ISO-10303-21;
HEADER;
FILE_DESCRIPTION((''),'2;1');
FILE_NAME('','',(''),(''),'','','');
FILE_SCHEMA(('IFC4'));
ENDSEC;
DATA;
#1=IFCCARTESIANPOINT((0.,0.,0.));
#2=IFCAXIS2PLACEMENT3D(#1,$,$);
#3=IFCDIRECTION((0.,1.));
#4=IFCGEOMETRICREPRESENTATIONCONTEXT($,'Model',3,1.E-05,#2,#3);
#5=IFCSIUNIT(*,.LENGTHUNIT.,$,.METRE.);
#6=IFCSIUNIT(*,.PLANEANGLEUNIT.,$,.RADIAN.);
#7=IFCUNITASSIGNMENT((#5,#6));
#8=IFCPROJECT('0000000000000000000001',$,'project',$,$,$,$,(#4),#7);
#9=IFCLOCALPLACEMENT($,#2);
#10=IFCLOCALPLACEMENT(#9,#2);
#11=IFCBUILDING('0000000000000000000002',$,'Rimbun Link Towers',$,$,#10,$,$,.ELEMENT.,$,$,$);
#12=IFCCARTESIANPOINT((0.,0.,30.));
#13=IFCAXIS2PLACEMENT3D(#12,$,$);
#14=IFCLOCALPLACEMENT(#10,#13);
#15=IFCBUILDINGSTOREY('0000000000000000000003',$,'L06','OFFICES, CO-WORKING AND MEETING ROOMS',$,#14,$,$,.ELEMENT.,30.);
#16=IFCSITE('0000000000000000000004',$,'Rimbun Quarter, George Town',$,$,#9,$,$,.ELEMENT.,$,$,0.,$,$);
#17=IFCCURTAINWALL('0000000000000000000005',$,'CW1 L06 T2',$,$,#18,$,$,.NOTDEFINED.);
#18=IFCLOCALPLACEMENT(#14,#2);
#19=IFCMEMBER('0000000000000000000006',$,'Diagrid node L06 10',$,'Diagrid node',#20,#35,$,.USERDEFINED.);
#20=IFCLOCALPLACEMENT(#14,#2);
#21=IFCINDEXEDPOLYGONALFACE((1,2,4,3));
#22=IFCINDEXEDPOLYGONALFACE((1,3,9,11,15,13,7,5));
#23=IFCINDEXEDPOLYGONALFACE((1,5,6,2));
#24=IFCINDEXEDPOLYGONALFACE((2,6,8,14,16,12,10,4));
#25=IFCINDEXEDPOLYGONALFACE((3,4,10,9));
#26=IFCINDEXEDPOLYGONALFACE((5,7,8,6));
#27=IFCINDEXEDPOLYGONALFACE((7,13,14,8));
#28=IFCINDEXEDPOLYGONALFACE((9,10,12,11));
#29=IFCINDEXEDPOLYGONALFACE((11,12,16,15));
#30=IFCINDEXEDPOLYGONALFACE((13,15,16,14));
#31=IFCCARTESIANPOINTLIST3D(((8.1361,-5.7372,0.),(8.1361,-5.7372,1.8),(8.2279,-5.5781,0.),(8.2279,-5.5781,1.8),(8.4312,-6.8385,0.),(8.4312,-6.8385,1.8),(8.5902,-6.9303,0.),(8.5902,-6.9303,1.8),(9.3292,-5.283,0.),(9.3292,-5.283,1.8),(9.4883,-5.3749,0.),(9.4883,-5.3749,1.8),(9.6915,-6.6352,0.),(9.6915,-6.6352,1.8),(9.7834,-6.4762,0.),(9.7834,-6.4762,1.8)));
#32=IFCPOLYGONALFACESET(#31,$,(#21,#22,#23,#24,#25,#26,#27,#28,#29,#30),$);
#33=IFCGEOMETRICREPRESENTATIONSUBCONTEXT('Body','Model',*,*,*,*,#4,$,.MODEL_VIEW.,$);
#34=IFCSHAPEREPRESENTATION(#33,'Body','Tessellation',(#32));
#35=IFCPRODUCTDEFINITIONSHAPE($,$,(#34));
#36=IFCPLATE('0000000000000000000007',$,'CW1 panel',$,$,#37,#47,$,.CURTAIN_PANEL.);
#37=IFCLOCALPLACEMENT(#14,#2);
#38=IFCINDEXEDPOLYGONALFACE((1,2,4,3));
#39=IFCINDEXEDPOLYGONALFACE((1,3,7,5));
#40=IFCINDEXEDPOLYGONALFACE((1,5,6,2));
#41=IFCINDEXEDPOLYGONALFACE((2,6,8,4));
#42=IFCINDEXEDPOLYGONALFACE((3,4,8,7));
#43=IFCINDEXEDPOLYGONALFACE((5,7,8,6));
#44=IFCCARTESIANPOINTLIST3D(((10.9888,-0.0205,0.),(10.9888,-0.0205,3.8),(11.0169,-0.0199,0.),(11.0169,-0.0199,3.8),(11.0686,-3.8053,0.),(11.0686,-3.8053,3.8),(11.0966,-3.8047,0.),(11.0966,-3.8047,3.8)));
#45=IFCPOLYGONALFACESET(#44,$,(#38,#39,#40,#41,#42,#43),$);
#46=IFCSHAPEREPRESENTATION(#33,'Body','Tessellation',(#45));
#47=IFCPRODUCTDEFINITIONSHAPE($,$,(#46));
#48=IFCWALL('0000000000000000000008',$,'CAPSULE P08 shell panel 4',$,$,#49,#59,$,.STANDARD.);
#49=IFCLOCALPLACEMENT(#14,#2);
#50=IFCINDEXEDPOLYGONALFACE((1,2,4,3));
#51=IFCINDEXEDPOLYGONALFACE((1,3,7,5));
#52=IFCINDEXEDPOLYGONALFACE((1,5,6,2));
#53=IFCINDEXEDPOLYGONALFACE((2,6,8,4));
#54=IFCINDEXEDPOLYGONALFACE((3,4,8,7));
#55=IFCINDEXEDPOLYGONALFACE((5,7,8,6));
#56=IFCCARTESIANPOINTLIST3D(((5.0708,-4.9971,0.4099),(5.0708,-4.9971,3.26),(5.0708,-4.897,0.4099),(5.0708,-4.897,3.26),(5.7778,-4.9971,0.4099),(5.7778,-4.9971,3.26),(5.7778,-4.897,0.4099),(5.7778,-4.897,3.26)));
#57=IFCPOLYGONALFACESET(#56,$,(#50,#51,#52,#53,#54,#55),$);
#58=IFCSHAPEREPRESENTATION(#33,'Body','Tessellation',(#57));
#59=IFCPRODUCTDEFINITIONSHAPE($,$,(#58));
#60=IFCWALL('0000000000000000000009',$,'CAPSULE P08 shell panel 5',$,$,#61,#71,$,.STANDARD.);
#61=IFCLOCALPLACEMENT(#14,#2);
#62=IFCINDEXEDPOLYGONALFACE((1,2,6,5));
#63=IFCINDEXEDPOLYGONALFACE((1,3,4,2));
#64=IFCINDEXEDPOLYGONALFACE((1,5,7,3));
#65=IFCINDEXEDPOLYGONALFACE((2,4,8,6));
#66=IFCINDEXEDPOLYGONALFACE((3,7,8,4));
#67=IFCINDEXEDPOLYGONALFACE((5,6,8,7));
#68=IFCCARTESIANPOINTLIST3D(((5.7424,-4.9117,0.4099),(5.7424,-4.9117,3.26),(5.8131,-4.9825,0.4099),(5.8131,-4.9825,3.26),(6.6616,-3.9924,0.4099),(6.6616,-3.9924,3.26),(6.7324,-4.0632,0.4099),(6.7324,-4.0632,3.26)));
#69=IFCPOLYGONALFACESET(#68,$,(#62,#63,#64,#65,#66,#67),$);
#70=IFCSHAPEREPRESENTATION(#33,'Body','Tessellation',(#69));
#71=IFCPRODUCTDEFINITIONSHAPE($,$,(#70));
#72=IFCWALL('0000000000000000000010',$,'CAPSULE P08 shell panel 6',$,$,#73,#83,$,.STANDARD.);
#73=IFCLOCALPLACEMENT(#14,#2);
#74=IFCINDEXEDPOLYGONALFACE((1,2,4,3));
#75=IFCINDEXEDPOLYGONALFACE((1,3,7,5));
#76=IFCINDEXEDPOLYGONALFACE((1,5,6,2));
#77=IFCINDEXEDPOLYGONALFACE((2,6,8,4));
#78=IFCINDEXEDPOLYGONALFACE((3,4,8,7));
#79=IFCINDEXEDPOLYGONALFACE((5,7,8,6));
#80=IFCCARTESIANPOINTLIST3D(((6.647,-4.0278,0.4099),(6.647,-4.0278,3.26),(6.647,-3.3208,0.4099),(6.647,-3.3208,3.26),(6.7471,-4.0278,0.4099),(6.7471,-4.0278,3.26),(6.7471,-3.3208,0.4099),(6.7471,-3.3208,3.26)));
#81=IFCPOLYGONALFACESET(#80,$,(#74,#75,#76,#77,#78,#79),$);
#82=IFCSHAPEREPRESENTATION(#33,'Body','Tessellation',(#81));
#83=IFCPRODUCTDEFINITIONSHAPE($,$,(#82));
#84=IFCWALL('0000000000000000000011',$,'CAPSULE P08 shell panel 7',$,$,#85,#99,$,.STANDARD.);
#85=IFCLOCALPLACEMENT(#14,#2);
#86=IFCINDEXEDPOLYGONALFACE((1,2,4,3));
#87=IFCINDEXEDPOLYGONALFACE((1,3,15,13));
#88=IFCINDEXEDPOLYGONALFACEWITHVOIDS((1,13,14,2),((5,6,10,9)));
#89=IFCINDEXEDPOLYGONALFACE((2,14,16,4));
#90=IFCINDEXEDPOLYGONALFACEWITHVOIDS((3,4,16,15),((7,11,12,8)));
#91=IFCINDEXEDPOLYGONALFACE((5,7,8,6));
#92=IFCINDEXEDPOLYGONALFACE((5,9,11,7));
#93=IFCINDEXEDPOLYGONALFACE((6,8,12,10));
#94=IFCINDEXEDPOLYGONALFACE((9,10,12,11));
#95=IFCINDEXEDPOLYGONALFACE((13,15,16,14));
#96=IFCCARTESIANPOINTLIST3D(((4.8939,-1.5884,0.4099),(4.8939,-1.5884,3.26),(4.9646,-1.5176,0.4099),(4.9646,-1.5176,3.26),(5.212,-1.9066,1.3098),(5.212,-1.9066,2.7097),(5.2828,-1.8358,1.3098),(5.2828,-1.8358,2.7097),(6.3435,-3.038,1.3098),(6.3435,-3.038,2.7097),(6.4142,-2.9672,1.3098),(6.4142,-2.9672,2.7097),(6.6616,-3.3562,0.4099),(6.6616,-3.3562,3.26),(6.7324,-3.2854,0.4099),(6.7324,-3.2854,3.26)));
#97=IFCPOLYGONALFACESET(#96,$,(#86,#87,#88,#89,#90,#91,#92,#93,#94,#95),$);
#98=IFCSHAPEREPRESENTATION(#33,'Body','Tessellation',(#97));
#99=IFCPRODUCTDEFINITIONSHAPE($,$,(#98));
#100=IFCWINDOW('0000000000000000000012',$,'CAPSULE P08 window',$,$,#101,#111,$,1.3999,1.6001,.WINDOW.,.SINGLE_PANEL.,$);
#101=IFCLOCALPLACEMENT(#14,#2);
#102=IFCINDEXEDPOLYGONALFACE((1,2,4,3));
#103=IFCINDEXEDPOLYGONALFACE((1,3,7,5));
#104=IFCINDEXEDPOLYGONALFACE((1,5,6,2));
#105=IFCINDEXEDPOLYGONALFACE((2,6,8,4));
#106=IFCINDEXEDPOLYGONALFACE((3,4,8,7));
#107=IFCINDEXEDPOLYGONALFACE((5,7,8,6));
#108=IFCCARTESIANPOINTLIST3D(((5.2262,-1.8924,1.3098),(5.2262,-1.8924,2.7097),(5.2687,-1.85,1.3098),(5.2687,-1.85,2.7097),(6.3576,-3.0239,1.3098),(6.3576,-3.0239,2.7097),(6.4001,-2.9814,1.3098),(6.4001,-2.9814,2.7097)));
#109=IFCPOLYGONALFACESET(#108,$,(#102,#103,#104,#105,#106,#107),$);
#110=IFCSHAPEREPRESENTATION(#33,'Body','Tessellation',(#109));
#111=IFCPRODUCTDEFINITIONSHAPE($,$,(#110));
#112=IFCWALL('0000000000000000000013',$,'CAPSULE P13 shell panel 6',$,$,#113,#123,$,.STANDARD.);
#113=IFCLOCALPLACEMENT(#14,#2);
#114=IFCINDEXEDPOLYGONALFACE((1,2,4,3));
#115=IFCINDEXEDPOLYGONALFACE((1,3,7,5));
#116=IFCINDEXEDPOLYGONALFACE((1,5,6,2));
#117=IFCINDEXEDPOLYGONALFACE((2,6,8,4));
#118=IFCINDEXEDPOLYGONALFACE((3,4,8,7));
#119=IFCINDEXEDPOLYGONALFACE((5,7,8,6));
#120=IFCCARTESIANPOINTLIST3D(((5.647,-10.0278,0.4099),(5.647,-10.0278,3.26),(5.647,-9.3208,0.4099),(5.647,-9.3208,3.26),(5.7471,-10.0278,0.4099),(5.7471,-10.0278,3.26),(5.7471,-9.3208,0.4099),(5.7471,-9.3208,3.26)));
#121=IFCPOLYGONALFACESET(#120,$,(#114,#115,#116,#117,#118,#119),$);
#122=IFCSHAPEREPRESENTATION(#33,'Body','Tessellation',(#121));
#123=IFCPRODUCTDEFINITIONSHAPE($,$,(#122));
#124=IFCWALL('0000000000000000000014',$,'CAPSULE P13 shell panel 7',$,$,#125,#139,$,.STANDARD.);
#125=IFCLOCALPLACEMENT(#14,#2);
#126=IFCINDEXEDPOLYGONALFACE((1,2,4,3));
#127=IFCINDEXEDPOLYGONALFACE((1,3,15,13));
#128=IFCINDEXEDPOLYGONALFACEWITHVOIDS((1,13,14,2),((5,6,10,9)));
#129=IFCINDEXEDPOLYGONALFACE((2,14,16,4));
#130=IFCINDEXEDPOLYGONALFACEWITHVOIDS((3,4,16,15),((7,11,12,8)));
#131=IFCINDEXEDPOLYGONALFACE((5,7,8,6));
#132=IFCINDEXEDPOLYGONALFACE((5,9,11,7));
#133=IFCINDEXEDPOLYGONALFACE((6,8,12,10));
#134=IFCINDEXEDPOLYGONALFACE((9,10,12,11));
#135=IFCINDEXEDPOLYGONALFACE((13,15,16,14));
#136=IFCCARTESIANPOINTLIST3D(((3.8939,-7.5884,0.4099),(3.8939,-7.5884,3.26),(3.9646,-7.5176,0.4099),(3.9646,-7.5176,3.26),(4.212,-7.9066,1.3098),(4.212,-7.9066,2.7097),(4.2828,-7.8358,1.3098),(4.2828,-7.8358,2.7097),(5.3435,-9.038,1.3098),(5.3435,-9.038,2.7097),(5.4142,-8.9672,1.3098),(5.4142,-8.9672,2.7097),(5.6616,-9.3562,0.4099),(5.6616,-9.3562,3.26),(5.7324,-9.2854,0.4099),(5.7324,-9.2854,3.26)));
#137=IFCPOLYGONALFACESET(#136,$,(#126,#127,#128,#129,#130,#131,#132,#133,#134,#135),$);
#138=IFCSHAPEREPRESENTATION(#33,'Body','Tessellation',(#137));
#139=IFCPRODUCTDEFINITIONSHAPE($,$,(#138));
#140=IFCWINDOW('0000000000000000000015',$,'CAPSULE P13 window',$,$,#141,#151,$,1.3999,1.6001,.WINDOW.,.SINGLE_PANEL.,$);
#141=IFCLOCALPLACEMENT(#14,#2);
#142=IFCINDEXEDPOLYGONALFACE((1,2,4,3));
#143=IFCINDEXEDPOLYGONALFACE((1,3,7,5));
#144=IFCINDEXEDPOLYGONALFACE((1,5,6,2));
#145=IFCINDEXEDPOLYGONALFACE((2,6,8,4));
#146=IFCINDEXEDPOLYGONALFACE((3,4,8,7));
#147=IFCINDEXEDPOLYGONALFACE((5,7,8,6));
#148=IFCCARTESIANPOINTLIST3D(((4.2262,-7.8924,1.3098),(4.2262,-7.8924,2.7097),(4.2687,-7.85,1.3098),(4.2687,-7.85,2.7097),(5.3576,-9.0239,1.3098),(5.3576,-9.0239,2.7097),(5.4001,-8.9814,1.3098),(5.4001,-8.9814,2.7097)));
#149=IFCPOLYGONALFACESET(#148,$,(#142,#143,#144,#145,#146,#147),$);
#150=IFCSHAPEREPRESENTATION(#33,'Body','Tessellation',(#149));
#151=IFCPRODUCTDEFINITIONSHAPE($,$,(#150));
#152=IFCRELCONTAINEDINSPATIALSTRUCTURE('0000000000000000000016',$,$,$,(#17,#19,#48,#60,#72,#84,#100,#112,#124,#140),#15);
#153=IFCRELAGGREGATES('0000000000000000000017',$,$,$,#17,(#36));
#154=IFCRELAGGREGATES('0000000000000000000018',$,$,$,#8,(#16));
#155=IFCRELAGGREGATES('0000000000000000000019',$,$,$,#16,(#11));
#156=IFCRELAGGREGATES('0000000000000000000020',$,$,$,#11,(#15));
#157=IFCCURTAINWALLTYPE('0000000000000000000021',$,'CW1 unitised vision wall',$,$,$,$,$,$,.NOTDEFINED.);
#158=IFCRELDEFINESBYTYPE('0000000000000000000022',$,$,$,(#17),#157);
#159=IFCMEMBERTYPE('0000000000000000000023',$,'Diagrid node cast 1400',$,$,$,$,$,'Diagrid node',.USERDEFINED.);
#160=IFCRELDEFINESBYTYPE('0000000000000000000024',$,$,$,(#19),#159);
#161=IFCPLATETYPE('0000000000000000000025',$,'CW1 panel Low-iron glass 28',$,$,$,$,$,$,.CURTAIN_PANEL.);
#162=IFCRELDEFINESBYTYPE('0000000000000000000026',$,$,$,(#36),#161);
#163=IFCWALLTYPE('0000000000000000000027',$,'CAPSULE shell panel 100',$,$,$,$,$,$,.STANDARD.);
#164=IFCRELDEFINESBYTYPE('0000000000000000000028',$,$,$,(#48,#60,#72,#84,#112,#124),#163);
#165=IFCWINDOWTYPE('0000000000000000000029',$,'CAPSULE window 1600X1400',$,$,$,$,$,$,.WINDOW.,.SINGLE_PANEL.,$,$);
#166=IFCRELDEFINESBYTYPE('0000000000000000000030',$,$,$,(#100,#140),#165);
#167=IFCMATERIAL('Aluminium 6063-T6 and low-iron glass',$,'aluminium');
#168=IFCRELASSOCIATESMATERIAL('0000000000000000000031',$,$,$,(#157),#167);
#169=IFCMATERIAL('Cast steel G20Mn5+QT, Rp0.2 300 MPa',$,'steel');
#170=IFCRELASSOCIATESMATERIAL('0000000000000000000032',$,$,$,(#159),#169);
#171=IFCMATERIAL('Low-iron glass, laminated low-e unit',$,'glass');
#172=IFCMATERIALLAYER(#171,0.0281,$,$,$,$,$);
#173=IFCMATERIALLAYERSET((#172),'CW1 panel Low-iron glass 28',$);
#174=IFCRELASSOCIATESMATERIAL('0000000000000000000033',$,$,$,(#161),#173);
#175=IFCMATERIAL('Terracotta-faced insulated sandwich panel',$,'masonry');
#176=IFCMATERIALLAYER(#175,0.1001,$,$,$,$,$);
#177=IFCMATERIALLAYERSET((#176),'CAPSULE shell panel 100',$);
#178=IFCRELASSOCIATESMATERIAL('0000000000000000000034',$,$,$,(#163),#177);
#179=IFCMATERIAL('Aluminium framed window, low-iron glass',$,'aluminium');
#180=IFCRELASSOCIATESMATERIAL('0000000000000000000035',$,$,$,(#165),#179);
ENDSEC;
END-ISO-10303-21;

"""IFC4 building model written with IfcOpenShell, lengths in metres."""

from ifc_helpers import new_model, si_unit, direction, frame, frame_2d, origin, origin_2d, place, context, subcontext, project, spatial, polyline, rectangle, outline, extrude, material, layer, layer_set, material_profile, profile_set, type_object, element, fill, aggregate, save


model = new_model("IFC4")

# Units and contexts
model_context = context("Model", 3, precision=1e-05, world=origin(), true_north=direction((0.0, 1.0)))
body_context = subcontext(model_context, "Body", "Model", "MODEL_VIEW")
ifc_project = project(units=[si_unit("LENGTHUNIT", "METRE"), si_unit("PLANEANGLEUNIT", "RADIAN")], contexts=[model_context])

# Site, building, storey
site_placement = place(None, origin())
site = spatial("IfcSite", under=ifc_project, at=site_placement, Name="Rimbun Quarter, George Town", CompositionType="ELEMENT", RefElevation=0.0)
building_placement = place(site_placement, origin())
building = spatial("IfcBuilding", under=site, at=building_placement, Name="Rimbun Link Towers", CompositionType="ELEMENT")
storey_placement = place(building_placement, frame((0.0, 0.0, 30.0)))
storey = spatial("IfcBuildingStorey", under=building, at=storey_placement, Name="L06", Description="OFFICES, CO-WORKING AND MEETING ROOMS", CompositionType="ELEMENT", Elevation=30.0)

# Curtain wall
ifc_material_1 = material(Name="Aluminium 6063-T6 and low-iron glass", Category="aluminium")
curtain_wall_type = type_object("IfcCurtainWallType", Name="CW1 unitised vision wall", PredefinedType="NOTDEFINED", material=ifc_material_1)
curtain_wall_placement = place(storey_placement, origin())
curtain_wall = element("IfcCurtainWall", 1, at=curtain_wall_placement, inside=storey, type_object=curtain_wall_type, Name="CW1 L06 T2", PredefinedType="NOTDEFINED")

# Member
ifc_material_2 = material(Name="Cast steel G20Mn5+QT, Rp0.2 300 MPa", Category="steel")
ifc_material_profile_1 = material_profile(ifc_material_2, outline(polyline([(0.7, -0.5701), (0.7, 0.5701), (0.5701, 0.7), (-0.5701, 0.7), (-0.7, 0.5701), (-0.7, -0.5701), (-0.5701, -0.7), (0.5701, -0.7), (0.7, -0.5701)])), Name="NODE 1400x1400")
ifc_profile_set_1 = profile_set([ifc_material_profile_1], Name="Cast steel G20Mn5+QT, Rp0.2 300 MPa")
member_type_1 = type_object("IfcMemberType", Name="Diagrid node cast 1400", ElementType="Diagrid node", PredefinedType="USERDEFINED", material=ifc_profile_set_1)
member_1_placement = place(storey_placement, frame((8.9597, -6.1067, 0.0), z_axis=(0.0, 0.0, 1.0), x_axis=(-0.965926, -0.258819, 0.0)))
element("IfcMember", 2, at=member_1_placement, inside=storey, type_object=member_type_1, Name="Diagrid node L06 10", ObjectType="Diagrid node", PredefinedType="USERDEFINED", context=body_context, shape_type="SweptSolid", body=[
    extrude(outline(polyline([(0.7, -0.5701), (0.7, 0.5701), (0.5701, 0.7), (-0.5701, 0.7), (-0.7, 0.5701), (-0.7, -0.5701), (-0.5701, -0.7), (0.5701, -0.7), (0.7, -0.5701)])), origin(), (0.0, 0.0, 1.0), 1.8),
])

# Plate
ifc_material_3 = material(Name="Low-iron glass, laminated low-e unit", Category="glass")
ifc_layer_1 = layer(ifc_material_3, 0.0281)
ifc_layer_set_1 = layer_set([ifc_layer_1], Name="CW1 panel Low-iron glass 28")
plate_type = type_object("IfcPlateType", Name="CW1 panel Low-iron glass 28", PredefinedType="CURTAIN_PANEL", material=ifc_layer_set_1)
plate_placement = place(storey_placement, frame((11.0427, -1.9126, 0.0), z_axis=(0.0, 0.0, 1.0), x_axis=(-0.021066, 0.999778, 0.0)))
plate = element("IfcPlate", 3, at=plate_placement, type_object=plate_type, Name="CW1 panel", PredefinedType="CURTAIN_PANEL", context=body_context, shape_type="SweptSolid", body=[
    extrude(rectangle(XDim=3.7856, YDim=0.0281, at=origin_2d()), origin(), (0.0, 0.0, 1.0), 3.8),
])
aggregate(curtain_wall, [plate])

# Walls
ifc_material_4 = material(Name="Terracotta-faced insulated sandwich panel", Category="masonry")
ifc_layer_2 = layer(ifc_material_4, 0.1001)
ifc_layer_set_2 = layer_set([ifc_layer_2], Name="CAPSULE shell panel 100")
wall_type = type_object("IfcWallType", Name="CAPSULE shell panel 100", PredefinedType="STANDARD", material=ifc_layer_set_2)
wall_1_placement = place(storey_placement, frame((5.0708, -4.947, 0.4099), z_axis=(0.0, 0.0, 1.0), x_axis=(1.0, 0.0, 0.0)))
element("IfcWall", 4, at=wall_1_placement, inside=storey, type_object=wall_type, Name="CAPSULE P08 shell panel 4", PredefinedType="STANDARD", context=body_context, shape_type="SweptSolid", body=[
    extrude(rectangle(XDim=0.707, YDim=0.1001, at=frame_2d((0.3535, 0.0))), origin(), (0.0, 0.0, 1.0), 2.8501),
])
wall_2_placement = place(storey_placement, frame((5.7778, -4.947, 0.4099), z_axis=(0.0, 0.0, 1.0), x_axis=(0.707107, 0.707107, 0.0)))
element("IfcWall", 5, at=wall_2_placement, inside=storey, type_object=wall_type, Name="CAPSULE P08 shell panel 5", PredefinedType="STANDARD", context=body_context, shape_type="SweptSolid", body=[
    extrude(rectangle(XDim=1.3, YDim=0.1001, at=frame_2d((0.6499, 0.0))), origin(), (0.0, 0.0, 1.0), 2.8501),
])
wall_3_placement = place(storey_placement, frame((6.697, -4.0278, 0.4099), z_axis=(0.0, 0.0, 1.0), x_axis=(0.0, 1.0, 0.0)))
element("IfcWall", 6, at=wall_3_placement, inside=storey, type_object=wall_type, Name="CAPSULE P08 shell panel 6", PredefinedType="STANDARD", context=body_context, shape_type="SweptSolid", body=[
    extrude(rectangle(XDim=0.707, YDim=0.1001, at=frame_2d((0.3535, 0.0))), origin(), (0.0, 0.0, 1.0), 2.8501),
])

# Wall, opening, window
wall_4_placement = place(storey_placement, frame((6.697, -3.3208, 0.4099), z_axis=(0.0, 0.0, 1.0), x_axis=(-0.707107, 0.707107, 0.0)))
wall_4 = element("IfcWall", 7, at=wall_4_placement, inside=storey, type_object=wall_type, Name="CAPSULE P08 shell panel 7", PredefinedType="STANDARD", context=body_context, shape_type="SweptSolid", body=[
    extrude(rectangle(XDim=2.5, YDim=0.1001, at=frame_2d((1.25, 0.0))), origin(), (0.0, 0.0, 1.0), 2.8501),
])
opening_1_placement = place(wall_4_placement, frame((0.45, 0.0, 0.8999)))
opening_1 = element("IfcOpeningElement", 8, at=opening_1_placement, cuts=wall_4, PredefinedType="OPENING", context=body_context, shape_type="SweptSolid", body=[
    extrude(rectangle(XDim=1.6001, YDim=1.3999, at=frame_2d((0.8, 0.7))), frame((0.0, 0.0601, 0.0), z_axis=(0.0, -1.0, 0.0), x_axis=(1.0, 0.0, 0.0)), (0.0, 0.0, 1.0), 0.1201),
])
ifc_material_5 = material(Name="Aluminium framed window, low-iron glass", Category="aluminium")
window_type = type_object("IfcWindowType", Name="CAPSULE window 1600X1400", PartitioningType="SINGLE_PANEL", PredefinedType="WINDOW", material=ifc_material_5)
window_1_placement = place(opening_1_placement, origin())
window_1 = element("IfcWindow", 9, at=window_1_placement, inside=storey, type_object=window_type, Name="CAPSULE P08 window", OverallHeight=1.3999, OverallWidth=1.6001, PartitioningType="SINGLE_PANEL", PredefinedType="WINDOW", context=body_context, shape_type="SweptSolid", body=[
    extrude(rectangle(XDim=1.6001, YDim=1.3999, at=frame_2d((0.8, 0.7))), frame((0.0, 0.03, 0.0), z_axis=(0.0, -1.0, 0.0), x_axis=(1.0, 0.0, 0.0)), (0.0, 0.0, 1.0), 0.0601),
])
fill(opening_1, window_1)

# Wall
wall_5_placement = place(storey_placement, frame((5.697, -10.0278, 0.4099), z_axis=(0.0, 0.0, 1.0), x_axis=(0.0, 1.0, 0.0)))
element("IfcWall", 10, at=wall_5_placement, inside=storey, type_object=wall_type, Name="CAPSULE P13 shell panel 6", PredefinedType="STANDARD", context=body_context, shape_type="SweptSolid", body=[
    extrude(rectangle(XDim=0.707, YDim=0.1001, at=frame_2d((0.3535, 0.0))), origin(), (0.0, 0.0, 1.0), 2.8501),
])

# Wall, opening, window
wall_6_placement = place(storey_placement, frame((5.697, -9.3208, 0.4099), z_axis=(0.0, 0.0, 1.0), x_axis=(-0.707107, 0.707107, 0.0)))
wall_6 = element("IfcWall", 11, at=wall_6_placement, inside=storey, type_object=wall_type, Name="CAPSULE P13 shell panel 7", PredefinedType="STANDARD", context=body_context, shape_type="SweptSolid", body=[
    extrude(rectangle(XDim=2.5, YDim=0.1001, at=frame_2d((1.25, 0.0))), origin(), (0.0, 0.0, 1.0), 2.8501),
])
opening_2_placement = place(wall_6_placement, frame((0.45, 0.0, 0.8999)))
opening_2 = element("IfcOpeningElement", 12, at=opening_2_placement, cuts=wall_6, PredefinedType="OPENING", context=body_context, shape_type="SweptSolid", body=[
    extrude(rectangle(XDim=1.6001, YDim=1.3999, at=frame_2d((0.8, 0.7))), frame((0.0, 0.0601, 0.0), z_axis=(0.0, -1.0, 0.0), x_axis=(1.0, 0.0, 0.0)), (0.0, 0.0, 1.0), 0.1201),
])
window_2_placement = place(opening_2_placement, origin())
window_2 = element("IfcWindow", 13, at=window_2_placement, inside=storey, type_object=window_type, Name="CAPSULE P13 window", OverallHeight=1.3999, OverallWidth=1.6001, PartitioningType="SINGLE_PANEL", PredefinedType="WINDOW", context=body_context, shape_type="SweptSolid", body=[
    extrude(rectangle(XDim=1.6001, YDim=1.3999, at=frame_2d((0.8, 0.7))), frame((0.0, 0.03, 0.0), z_axis=(0.0, -1.0, 0.0), x_axis=(1.0, 0.0, 0.0)), (0.0, 0.0, 1.0), 0.0601),
])
fill(opening_2, window_2)

save(model, "model.ifc")
